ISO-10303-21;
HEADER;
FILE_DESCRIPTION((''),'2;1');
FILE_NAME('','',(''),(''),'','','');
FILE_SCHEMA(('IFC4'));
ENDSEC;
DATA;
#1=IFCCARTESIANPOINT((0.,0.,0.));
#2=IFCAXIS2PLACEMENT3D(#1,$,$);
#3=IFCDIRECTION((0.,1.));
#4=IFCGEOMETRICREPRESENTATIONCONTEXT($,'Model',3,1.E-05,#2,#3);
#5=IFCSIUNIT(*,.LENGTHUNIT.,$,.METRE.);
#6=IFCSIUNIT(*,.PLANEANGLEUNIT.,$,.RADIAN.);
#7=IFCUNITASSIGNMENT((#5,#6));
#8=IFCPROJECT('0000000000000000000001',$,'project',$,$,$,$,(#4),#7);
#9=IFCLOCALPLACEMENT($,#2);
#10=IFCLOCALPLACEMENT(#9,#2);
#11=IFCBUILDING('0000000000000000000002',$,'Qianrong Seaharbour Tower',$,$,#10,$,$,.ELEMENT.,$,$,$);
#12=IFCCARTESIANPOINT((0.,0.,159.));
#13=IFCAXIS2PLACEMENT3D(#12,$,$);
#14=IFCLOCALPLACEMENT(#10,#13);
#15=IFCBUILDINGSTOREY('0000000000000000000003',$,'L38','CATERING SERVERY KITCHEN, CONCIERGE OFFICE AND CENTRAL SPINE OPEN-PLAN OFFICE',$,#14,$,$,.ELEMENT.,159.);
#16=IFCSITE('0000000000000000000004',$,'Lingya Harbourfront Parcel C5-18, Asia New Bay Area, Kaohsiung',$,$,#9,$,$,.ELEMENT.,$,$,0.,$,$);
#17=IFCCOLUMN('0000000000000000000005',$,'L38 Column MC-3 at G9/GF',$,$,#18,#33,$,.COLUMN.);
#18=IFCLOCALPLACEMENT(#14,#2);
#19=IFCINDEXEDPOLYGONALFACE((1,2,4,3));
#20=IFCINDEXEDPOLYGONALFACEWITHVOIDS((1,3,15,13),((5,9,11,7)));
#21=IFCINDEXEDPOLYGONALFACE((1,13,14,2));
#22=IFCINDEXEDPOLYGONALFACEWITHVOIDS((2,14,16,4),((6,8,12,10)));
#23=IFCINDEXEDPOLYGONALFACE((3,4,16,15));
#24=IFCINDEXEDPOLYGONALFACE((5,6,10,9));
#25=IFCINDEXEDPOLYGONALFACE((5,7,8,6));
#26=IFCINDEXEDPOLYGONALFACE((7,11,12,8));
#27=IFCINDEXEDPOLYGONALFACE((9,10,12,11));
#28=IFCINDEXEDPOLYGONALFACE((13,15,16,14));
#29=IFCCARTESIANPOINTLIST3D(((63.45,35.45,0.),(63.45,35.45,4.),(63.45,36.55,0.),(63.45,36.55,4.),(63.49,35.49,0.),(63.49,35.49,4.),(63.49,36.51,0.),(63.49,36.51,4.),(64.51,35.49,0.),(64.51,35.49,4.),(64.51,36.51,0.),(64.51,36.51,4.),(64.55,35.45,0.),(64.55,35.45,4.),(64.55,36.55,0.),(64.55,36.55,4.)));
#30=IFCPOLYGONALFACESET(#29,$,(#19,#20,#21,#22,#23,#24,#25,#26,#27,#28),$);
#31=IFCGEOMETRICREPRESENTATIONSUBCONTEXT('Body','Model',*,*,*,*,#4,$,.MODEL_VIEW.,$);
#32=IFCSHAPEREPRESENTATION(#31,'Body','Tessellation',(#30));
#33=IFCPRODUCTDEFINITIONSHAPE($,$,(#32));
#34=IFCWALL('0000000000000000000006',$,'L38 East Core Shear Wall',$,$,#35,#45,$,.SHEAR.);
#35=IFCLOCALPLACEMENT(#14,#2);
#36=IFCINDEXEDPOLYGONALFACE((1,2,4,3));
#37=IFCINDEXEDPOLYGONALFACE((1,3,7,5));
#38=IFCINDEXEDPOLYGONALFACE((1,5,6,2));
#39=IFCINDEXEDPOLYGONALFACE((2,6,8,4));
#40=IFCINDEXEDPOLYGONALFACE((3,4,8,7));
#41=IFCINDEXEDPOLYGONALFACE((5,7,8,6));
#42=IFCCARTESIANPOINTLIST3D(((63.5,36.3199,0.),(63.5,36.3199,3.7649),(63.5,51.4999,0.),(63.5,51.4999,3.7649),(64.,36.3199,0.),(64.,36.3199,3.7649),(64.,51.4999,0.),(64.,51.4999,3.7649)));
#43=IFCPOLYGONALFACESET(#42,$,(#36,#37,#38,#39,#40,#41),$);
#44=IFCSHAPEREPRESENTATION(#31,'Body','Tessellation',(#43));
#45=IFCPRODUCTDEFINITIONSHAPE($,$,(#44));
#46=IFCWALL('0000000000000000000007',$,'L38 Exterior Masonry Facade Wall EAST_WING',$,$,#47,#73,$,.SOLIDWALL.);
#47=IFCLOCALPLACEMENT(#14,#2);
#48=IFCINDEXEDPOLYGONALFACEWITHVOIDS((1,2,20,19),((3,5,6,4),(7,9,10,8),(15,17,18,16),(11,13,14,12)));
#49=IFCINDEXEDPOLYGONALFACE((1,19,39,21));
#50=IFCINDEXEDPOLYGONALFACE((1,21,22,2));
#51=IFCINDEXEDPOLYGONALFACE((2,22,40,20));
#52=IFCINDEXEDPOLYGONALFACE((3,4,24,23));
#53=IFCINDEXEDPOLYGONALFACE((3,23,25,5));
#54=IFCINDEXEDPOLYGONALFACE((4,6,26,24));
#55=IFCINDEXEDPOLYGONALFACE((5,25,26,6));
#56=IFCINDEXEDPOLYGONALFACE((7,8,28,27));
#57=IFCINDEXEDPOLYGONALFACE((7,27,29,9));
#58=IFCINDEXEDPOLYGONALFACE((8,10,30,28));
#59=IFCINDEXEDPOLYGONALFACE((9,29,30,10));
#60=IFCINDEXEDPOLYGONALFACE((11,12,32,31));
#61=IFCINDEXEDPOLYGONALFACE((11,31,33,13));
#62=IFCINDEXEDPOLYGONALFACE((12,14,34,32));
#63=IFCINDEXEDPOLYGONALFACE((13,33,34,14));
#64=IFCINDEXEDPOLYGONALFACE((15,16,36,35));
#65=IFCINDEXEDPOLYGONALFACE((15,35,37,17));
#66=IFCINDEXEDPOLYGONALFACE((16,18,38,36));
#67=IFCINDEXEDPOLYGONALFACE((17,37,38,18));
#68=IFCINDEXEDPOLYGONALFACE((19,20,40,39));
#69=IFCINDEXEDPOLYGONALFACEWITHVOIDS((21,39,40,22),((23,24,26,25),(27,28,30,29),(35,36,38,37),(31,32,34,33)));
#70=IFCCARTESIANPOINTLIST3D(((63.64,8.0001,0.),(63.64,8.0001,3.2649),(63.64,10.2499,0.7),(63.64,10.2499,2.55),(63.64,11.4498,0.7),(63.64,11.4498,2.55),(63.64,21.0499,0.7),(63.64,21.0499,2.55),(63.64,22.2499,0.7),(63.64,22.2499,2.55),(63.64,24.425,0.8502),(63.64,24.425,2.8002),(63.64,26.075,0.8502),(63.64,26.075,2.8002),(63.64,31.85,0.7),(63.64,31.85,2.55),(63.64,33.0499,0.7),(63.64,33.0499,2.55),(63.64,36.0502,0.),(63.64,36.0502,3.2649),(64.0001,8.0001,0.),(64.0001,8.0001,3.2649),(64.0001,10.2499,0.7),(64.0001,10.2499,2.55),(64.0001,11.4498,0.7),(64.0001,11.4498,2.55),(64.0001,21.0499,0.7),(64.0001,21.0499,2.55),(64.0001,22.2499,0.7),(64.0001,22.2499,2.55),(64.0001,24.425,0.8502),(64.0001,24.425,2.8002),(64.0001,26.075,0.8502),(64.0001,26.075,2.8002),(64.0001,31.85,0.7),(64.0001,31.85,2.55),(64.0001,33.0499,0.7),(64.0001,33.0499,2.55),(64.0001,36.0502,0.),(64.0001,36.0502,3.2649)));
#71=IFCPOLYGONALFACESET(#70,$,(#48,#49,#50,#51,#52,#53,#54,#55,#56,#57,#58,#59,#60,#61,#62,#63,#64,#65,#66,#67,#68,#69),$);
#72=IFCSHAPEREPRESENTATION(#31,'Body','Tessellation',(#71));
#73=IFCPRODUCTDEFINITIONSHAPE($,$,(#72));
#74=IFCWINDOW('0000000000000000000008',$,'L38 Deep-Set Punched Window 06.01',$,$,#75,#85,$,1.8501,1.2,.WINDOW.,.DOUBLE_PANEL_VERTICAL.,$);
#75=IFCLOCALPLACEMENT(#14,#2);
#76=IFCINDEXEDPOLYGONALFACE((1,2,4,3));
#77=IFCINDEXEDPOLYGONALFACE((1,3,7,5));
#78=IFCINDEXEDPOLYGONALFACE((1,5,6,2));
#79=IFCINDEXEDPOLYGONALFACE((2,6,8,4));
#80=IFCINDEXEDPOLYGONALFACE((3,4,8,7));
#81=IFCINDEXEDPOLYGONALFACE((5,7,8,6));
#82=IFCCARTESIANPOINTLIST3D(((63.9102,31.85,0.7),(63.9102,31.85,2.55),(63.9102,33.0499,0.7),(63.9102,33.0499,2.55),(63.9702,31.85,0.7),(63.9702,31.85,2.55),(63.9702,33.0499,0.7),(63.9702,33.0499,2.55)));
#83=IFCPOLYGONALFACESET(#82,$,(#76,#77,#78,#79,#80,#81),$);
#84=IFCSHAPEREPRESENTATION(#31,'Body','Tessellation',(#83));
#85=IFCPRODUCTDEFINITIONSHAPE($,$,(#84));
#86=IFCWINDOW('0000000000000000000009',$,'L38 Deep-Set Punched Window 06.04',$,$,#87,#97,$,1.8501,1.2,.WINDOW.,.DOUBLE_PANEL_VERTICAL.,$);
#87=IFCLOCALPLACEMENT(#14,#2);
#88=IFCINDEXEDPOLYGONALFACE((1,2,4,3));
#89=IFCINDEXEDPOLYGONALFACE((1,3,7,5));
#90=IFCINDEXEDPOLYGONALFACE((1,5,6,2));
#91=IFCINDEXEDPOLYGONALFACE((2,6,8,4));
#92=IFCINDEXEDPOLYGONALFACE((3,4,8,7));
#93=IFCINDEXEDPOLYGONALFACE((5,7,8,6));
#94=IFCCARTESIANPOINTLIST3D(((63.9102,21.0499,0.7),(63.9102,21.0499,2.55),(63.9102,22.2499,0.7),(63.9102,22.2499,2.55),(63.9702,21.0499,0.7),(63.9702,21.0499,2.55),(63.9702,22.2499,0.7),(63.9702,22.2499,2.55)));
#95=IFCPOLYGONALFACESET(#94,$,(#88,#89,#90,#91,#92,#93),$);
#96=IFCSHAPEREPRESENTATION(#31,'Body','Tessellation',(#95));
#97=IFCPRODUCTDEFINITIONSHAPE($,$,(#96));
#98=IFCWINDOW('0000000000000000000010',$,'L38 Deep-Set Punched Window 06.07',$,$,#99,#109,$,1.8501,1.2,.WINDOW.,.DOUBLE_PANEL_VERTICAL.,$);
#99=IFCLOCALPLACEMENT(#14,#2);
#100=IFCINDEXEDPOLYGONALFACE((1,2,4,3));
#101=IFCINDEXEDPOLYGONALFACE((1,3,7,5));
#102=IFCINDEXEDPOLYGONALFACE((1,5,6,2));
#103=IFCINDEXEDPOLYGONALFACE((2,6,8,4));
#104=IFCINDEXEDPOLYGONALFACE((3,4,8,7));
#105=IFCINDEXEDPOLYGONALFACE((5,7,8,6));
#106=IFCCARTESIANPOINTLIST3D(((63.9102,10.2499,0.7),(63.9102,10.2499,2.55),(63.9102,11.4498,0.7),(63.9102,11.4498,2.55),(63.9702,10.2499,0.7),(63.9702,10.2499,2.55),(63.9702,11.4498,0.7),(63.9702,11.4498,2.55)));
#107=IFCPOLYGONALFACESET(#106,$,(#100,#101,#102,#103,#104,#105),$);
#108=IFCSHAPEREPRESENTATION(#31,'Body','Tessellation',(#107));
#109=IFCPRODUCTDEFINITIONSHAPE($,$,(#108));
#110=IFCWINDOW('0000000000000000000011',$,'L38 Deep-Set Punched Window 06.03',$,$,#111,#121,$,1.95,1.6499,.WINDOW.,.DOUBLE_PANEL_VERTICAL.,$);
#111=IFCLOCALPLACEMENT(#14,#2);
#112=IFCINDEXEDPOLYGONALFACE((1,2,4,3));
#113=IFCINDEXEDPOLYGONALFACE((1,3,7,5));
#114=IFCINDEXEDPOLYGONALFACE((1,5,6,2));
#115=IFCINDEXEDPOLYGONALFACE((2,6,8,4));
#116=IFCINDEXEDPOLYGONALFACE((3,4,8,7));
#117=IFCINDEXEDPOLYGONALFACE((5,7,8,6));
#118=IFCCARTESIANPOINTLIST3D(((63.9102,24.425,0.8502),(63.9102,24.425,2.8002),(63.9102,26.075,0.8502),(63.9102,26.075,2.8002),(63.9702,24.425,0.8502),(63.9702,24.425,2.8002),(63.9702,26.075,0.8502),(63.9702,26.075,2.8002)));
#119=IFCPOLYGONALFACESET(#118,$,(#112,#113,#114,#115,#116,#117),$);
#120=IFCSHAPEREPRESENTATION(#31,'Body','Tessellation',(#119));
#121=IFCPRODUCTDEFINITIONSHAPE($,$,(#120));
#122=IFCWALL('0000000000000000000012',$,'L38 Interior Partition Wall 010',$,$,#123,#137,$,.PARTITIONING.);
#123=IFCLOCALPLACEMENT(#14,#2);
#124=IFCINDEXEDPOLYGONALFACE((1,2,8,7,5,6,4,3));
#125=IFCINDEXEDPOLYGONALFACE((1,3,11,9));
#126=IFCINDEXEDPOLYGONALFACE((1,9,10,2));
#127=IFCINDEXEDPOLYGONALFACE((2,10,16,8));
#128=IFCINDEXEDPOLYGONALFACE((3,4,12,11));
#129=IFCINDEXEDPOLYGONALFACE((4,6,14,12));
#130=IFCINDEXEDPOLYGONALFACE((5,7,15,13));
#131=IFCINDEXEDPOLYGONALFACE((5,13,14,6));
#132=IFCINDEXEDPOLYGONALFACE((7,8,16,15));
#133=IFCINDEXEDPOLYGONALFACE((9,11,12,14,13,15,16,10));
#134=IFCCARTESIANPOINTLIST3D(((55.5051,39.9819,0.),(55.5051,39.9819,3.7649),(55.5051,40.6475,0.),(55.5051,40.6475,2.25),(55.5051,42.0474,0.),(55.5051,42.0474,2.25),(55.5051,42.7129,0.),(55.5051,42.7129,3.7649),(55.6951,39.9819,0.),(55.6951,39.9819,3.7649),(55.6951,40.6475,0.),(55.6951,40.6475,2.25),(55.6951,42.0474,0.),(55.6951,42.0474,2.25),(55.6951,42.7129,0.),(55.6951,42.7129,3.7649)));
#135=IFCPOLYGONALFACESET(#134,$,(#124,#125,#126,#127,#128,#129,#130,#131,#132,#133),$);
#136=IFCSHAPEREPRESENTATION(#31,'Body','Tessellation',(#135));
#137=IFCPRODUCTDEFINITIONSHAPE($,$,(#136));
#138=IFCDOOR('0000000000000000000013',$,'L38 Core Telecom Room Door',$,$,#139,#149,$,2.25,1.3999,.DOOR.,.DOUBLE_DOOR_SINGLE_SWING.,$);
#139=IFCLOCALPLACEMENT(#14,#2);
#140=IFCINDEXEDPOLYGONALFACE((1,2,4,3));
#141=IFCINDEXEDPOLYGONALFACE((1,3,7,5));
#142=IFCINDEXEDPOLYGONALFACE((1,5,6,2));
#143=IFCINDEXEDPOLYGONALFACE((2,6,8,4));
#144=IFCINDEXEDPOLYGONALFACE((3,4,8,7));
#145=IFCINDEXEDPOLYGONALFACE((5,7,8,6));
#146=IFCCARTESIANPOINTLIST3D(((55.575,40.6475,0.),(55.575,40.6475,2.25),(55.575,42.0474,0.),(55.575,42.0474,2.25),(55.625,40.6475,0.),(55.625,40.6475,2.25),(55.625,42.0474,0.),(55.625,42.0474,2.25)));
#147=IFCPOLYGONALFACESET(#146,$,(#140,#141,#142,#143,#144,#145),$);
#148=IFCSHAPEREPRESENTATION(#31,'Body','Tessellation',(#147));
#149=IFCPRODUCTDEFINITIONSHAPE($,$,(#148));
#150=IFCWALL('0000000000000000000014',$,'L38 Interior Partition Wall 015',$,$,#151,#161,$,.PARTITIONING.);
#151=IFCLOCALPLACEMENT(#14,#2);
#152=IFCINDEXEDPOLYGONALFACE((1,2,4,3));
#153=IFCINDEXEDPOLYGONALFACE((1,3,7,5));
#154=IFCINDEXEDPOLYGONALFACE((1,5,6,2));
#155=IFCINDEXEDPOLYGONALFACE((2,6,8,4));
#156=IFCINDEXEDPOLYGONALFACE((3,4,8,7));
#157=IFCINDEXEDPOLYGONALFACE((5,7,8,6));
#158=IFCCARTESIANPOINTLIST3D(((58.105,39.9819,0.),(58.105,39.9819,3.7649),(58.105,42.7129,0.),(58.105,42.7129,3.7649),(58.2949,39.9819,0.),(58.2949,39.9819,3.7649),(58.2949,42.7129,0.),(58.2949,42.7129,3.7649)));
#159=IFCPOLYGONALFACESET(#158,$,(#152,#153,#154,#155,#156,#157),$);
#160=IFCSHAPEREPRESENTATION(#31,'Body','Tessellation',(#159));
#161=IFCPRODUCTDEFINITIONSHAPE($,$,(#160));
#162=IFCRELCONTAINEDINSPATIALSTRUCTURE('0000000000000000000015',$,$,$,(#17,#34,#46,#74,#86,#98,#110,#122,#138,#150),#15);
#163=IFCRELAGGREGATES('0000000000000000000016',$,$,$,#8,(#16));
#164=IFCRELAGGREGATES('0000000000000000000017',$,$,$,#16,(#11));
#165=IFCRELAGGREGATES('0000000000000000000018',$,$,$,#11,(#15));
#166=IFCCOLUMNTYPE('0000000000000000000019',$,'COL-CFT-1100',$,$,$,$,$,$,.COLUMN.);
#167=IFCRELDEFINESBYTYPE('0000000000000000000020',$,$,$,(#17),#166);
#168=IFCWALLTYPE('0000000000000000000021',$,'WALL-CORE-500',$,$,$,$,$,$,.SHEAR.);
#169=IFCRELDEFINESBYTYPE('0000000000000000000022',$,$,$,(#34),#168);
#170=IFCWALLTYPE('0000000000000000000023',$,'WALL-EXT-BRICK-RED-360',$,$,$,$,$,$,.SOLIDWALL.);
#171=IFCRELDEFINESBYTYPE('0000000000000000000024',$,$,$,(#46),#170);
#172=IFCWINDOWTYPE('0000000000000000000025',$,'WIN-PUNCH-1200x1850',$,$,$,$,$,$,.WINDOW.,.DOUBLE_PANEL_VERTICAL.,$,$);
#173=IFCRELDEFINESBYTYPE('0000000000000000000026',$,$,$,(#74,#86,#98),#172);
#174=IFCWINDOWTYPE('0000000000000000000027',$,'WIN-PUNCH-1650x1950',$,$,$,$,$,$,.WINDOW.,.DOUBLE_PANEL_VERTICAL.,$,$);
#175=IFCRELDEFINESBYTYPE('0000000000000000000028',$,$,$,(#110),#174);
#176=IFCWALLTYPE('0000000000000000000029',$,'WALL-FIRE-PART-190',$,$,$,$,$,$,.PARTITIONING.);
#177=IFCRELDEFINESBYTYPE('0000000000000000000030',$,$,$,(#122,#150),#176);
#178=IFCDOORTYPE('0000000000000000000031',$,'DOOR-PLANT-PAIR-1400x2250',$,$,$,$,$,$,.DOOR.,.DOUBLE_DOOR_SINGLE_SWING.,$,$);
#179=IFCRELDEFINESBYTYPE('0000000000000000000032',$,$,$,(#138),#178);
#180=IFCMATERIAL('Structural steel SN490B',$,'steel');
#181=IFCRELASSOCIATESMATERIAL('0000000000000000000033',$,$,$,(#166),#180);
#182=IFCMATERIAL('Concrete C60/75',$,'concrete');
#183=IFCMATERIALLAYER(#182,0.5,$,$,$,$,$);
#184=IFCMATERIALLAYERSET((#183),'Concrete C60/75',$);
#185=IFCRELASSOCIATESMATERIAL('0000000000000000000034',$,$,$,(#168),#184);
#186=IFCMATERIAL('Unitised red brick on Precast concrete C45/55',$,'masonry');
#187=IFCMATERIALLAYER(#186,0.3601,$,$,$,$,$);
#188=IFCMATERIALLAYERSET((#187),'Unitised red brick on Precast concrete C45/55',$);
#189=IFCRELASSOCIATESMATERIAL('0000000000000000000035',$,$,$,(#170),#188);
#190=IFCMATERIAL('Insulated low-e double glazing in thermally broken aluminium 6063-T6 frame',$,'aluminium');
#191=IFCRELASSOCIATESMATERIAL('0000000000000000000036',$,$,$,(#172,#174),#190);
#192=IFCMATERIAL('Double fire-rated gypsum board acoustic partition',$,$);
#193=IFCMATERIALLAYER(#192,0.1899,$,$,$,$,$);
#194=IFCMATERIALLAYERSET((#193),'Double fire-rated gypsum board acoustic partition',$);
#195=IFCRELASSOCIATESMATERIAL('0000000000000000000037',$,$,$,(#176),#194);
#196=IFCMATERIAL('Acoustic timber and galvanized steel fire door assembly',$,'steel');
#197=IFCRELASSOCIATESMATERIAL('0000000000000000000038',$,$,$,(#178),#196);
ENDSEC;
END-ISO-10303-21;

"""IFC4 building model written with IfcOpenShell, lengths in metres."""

from ifc_helpers import new_model, si_unit, direction, frame, frame_2d, origin, origin_2d, place, context, subcontext, project, spatial, rectangle, hollow_rectangle, extrude, material, layer, layer_set, material_profile, profile_set, type_object, element, fill, save


model = new_model("IFC4")

# Units and contexts
model_context = context("Model", 3, precision=1e-05, world=origin(), true_north=direction((0.0, 1.0)))
body_context = subcontext(model_context, "Body", "Model", "MODEL_VIEW")
ifc_project = project(units=[si_unit("LENGTHUNIT", "METRE"), si_unit("PLANEANGLEUNIT", "RADIAN")], contexts=[model_context])

# Site, building, storey
site_placement = place(None, origin())
site = spatial("IfcSite", under=ifc_project, at=site_placement, Name="Lingya Harbourfront Parcel C5-18, Asia New Bay Area, Kaohsiung", CompositionType="ELEMENT", RefElevation=0.0)
building_placement = place(site_placement, origin())
building = spatial("IfcBuilding", under=site, at=building_placement, Name="Qianrong Seaharbour Tower", CompositionType="ELEMENT")
storey_placement = place(building_placement, frame((0.0, 0.0, 159.0)))
storey = spatial("IfcBuildingStorey", under=building, at=storey_placement, Name="L38", Description="CATERING SERVERY KITCHEN, CONCIERGE OFFICE AND CENTRAL SPINE OPEN-PLAN OFFICE", CompositionType="ELEMENT", Elevation=159.0)

# Column
ifc_material_1 = material(Name="Structural steel SN490B", Category="steel")
ifc_material_profile = material_profile(ifc_material_1, hollow_rectangle(XDim=1.1001, YDim=1.1001, WallThickness=0.04, at=origin_2d()), Name="BOX1100x1100x40")
ifc_profile_set = profile_set([ifc_material_profile], Name="Structural steel SN490B")
column_type = type_object("IfcColumnType", Name="COL-CFT-1100", PredefinedType="COLUMN", material=ifc_profile_set)
column_placement = place(storey_placement, frame((64.0, 36.0, 0.0), z_axis=(0.0, 0.0, 1.0), x_axis=(1.0, 0.0, 0.0)))
element("IfcColumn", 1, at=column_placement, inside=storey, type_object=column_type, Name="L38 Column MC-3 at G9/GF", PredefinedType="COLUMN", context=body_context, shape_type="SweptSolid", body=[
    extrude(hollow_rectangle(XDim=1.1001, YDim=1.1001, WallThickness=0.04, at=origin_2d()), origin(), (0.0, 0.0, 1.0), 4.0),
])

# Wall
ifc_material_2 = material(Name="Concrete C60/75", Category="concrete")
ifc_layer_1 = layer(ifc_material_2, 0.5)
ifc_layer_set_1 = layer_set([ifc_layer_1], Name="Concrete C60/75")
wall_type_1 = type_object("IfcWallType", Name="WALL-CORE-500", PredefinedType="SHEAR", material=ifc_layer_set_1)
wall_1_placement = place(storey_placement, frame((63.75, 36.3201, 0.0), z_axis=(0.0, 0.0, 1.0), x_axis=(0.0, 1.0, 0.0)))
element("IfcWall", 2, at=wall_1_placement, inside=storey, type_object=wall_type_1, Name="L38 East Core Shear Wall", PredefinedType="SHEAR", context=body_context, shape_type="SweptSolid", body=[
    extrude(rectangle(XDim=15.1799, YDim=0.5, at=frame_2d((7.5898, 0.0))), origin(), (0.0, 0.0, 1.0), 3.7649),
])

# Wall, openings, windows
ifc_material_3 = material(Name="Unitised red brick on Precast concrete C45/55", Category="masonry")
ifc_layer_2 = layer(ifc_material_3, 0.3601)
ifc_layer_set_2 = layer_set([ifc_layer_2], Name="Unitised red brick on Precast concrete C45/55")
wall_type_2 = type_object("IfcWallType", Name="WALL-EXT-BRICK-RED-360", PredefinedType="SOLIDWALL", material=ifc_layer_set_2)
wall_2_placement = place(storey_placement, frame((63.8201, 36.05, 0.0), z_axis=(0.0, 0.0, 1.0), x_axis=(0.0, -1.0, 0.0)))
wall_2 = element("IfcWall", 3, at=wall_2_placement, inside=storey, type_object=wall_type_2, Name="L38 Exterior Masonry Facade Wall EAST_WING", PredefinedType="SOLIDWALL", context=body_context, shape_type="SweptSolid", body=[
    extrude(rectangle(XDim=28.05, YDim=0.3601, at=frame_2d((14.0249, 0.0))), origin(), (0.0, 0.0, 1.0), 3.2649),
])
opening_1_placement = place(wall_2_placement, frame((3.0, 0.0, 0.7)))
opening_1 = element("IfcOpeningElement", 4, at=opening_1_placement, cuts=wall_2, PredefinedType="OPENING", context=body_context, shape_type="SweptSolid", body=[
    extrude(rectangle(XDim=1.2, YDim=1.8501, at=frame_2d((0.6001, 0.925))), frame((0.0, 0.1899, 0.0), z_axis=(0.0, -1.0, 0.0), x_axis=(1.0, 0.0, 0.0)), (0.0, 0.0, 1.0), 0.3801),
])
opening_2_placement = place(wall_2_placement, frame((9.9751, 0.0, 0.8501)))
opening_2 = element("IfcOpeningElement", 5, at=opening_2_placement, cuts=wall_2, PredefinedType="OPENING", context=body_context, shape_type="SweptSolid", body=[
    extrude(rectangle(XDim=1.6499, YDim=1.95, at=frame_2d((0.825, 0.9751))), frame((0.0, 0.1899, 0.0), z_axis=(0.0, -1.0, 0.0), x_axis=(1.0, 0.0, 0.0)), (0.0, 0.0, 1.0), 0.3801),
])
opening_3_placement = place(wall_2_placement, frame((13.8, 0.0, 0.7)))
opening_3 = element("IfcOpeningElement", 6, at=opening_3_placement, cuts=wall_2, PredefinedType="OPENING", context=body_context, shape_type="SweptSolid", body=[
    extrude(rectangle(XDim=1.2, YDim=1.8501, at=frame_2d((0.6001, 0.925))), frame((0.0, 0.1899, 0.0), z_axis=(0.0, -1.0, 0.0), x_axis=(1.0, 0.0, 0.0)), (0.0, 0.0, 1.0), 0.3801),
])
opening_4_placement = place(wall_2_placement, frame((24.6001, 0.0, 0.7)))
opening_4 = element("IfcOpeningElement", 7, at=opening_4_placement, cuts=wall_2, PredefinedType="OPENING", context=body_context, shape_type="SweptSolid", body=[
    extrude(rectangle(XDim=1.2, YDim=1.8501, at=frame_2d((0.6001, 0.925))), frame((0.0, 0.1899, 0.0), z_axis=(0.0, -1.0, 0.0), x_axis=(1.0, 0.0, 0.0)), (0.0, 0.0, 1.0), 0.3801),
])
ifc_material_4 = material(Name="Insulated low-e double glazing in thermally broken aluminium 6063-T6 frame", Category="aluminium")
window_type_1 = type_object("IfcWindowType", Name="WIN-PUNCH-1200x1850", PartitioningType="DOUBLE_PANEL_VERTICAL", PredefinedType="WINDOW", material=ifc_material_4)
window_1_placement = place(opening_1_placement, origin())
window_1 = element("IfcWindow", 8, at=window_1_placement, inside=storey, type_object=window_type_1, Name="L38 Deep-Set Punched Window 06.01", OverallHeight=1.8501, OverallWidth=1.2, PartitioningType="DOUBLE_PANEL_VERTICAL", PredefinedType="WINDOW", context=body_context, shape_type="SweptSolid", body=[
    extrude(rectangle(XDim=1.2, YDim=1.8501, at=frame_2d((0.6001, 0.925))), frame((0.0, 0.1501, 0.0), z_axis=(0.0, -1.0, 0.0), x_axis=(1.0, 0.0, 0.0)), (0.0, 0.0, 1.0), 0.0601),
])
fill(opening_1, window_1)
window_2_placement = place(opening_3_placement, origin())
window_2 = element("IfcWindow", 9, at=window_2_placement, inside=storey, type_object=window_type_1, Name="L38 Deep-Set Punched Window 06.04", OverallHeight=1.8501, OverallWidth=1.2, PartitioningType="DOUBLE_PANEL_VERTICAL", PredefinedType="WINDOW", context=body_context, shape_type="SweptSolid", body=[
    extrude(rectangle(XDim=1.2, YDim=1.8501, at=frame_2d((0.6001, 0.925))), frame((0.0, 0.1501, 0.0), z_axis=(0.0, -1.0, 0.0), x_axis=(1.0, 0.0, 0.0)), (0.0, 0.0, 1.0), 0.0601),
])
fill(opening_3, window_2)
window_3_placement = place(opening_4_placement, origin())
window_3 = element("IfcWindow", 10, at=window_3_placement, inside=storey, type_object=window_type_1, Name="L38 Deep-Set Punched Window 06.07", OverallHeight=1.8501, OverallWidth=1.2, PartitioningType="DOUBLE_PANEL_VERTICAL", PredefinedType="WINDOW", context=body_context, shape_type="SweptSolid", body=[
    extrude(rectangle(XDim=1.2, YDim=1.8501, at=frame_2d((0.6001, 0.925))), frame((0.0, 0.1501, 0.0), z_axis=(0.0, -1.0, 0.0), x_axis=(1.0, 0.0, 0.0)), (0.0, 0.0, 1.0), 0.0601),
])
fill(opening_4, window_3)
window_type_2 = type_object("IfcWindowType", Name="WIN-PUNCH-1650x1950", PartitioningType="DOUBLE_PANEL_VERTICAL", PredefinedType="WINDOW", material=ifc_material_4)
window_4_placement = place(opening_2_placement, origin())
window_4 = element("IfcWindow", 11, at=window_4_placement, inside=storey, type_object=window_type_2, Name="L38 Deep-Set Punched Window 06.03", OverallHeight=1.95, OverallWidth=1.6499, PartitioningType="DOUBLE_PANEL_VERTICAL", PredefinedType="WINDOW", context=body_context, shape_type="SweptSolid", body=[
    extrude(rectangle(XDim=1.6499, YDim=1.95, at=frame_2d((0.825, 0.9751))), frame((0.0, 0.1501, 0.0), z_axis=(0.0, -1.0, 0.0), x_axis=(1.0, 0.0, 0.0)), (0.0, 0.0, 1.0), 0.0601),
])
fill(opening_2, window_4)

# Wall, opening, door
ifc_material_5 = material(Name="Double fire-rated gypsum board acoustic partition")
ifc_layer_3 = layer(ifc_material_5, 0.1899)
ifc_layer_set_3 = layer_set([ifc_layer_3], Name="Double fire-rated gypsum board acoustic partition")
wall_type_3 = type_object("IfcWallType", Name="WALL-FIRE-PART-190", PredefinedType="PARTITIONING", material=ifc_layer_set_3)
wall_3_placement = place(storey_placement, frame((55.6001, 42.7129, 0.0), z_axis=(0.0, 0.0, 1.0), x_axis=(0.0, -1.0, 0.0)))
wall_3 = element("IfcWall", 12, at=wall_3_placement, inside=storey, type_object=wall_type_3, Name="L38 Interior Partition Wall 010", PredefinedType="PARTITIONING", context=body_context, shape_type="SweptSolid", body=[
    extrude(rectangle(XDim=2.731, YDim=0.1899, at=frame_2d((1.3655, 0.0))), origin(), (0.0, 0.0, 1.0), 3.7649),
])
opening_5_placement = place(wall_3_placement, frame((0.6655, 0.0, 0.0)))
opening_5 = element("IfcOpeningElement", 13, at=opening_5_placement, cuts=wall_3, PredefinedType="OPENING", context=body_context, shape_type="SweptSolid", body=[
    extrude(rectangle(XDim=1.3999, YDim=2.25, at=frame_2d((0.7, 1.125))), frame((0.0, 0.105, 0.0), z_axis=(0.0, -1.0, 0.0), x_axis=(1.0, 0.0, 0.0)), (0.0, 0.0, 1.0), 0.21),
])
ifc_material_6 = material(Name="Acoustic timber and galvanized steel fire door assembly", Category="steel")
door_type = type_object("IfcDoorType", Name="DOOR-PLANT-PAIR-1400x2250", OperationType="DOUBLE_DOOR_SINGLE_SWING", PredefinedType="DOOR", material=ifc_material_6)
door_placement = place(opening_5_placement, origin())
door = element("IfcDoor", 14, at=door_placement, inside=storey, type_object=door_type, Name="L38 Core Telecom Room Door", OperationType="DOUBLE_DOOR_SINGLE_SWING", OverallHeight=2.25, OverallWidth=1.3999, PredefinedType="DOOR", context=body_context, shape_type="SweptSolid", body=[
    extrude(rectangle(XDim=1.3999, YDim=2.25, at=frame_2d((0.7, 1.125))), frame((0.0, 0.0249, 0.0), z_axis=(0.0, -1.0, 0.0), x_axis=(1.0, 0.0, 0.0)), (0.0, 0.0, 1.0), 0.05),
])
fill(opening_5, door)

# Wall
wall_4_placement = place(storey_placement, frame((58.2, 42.7129, 0.0), z_axis=(0.0, 0.0, 1.0), x_axis=(0.0, -1.0, 0.0)))
element("IfcWall", 15, at=wall_4_placement, inside=storey, type_object=wall_type_3, Name="L38 Interior Partition Wall 015", PredefinedType="PARTITIONING", context=body_context, shape_type="SweptSolid", body=[
    extrude(rectangle(XDim=2.731, YDim=0.1899, at=frame_2d((1.3655, 0.0))), origin(), (0.0, 0.0, 1.0), 3.7649),
])

save(model, "model.ifc")
